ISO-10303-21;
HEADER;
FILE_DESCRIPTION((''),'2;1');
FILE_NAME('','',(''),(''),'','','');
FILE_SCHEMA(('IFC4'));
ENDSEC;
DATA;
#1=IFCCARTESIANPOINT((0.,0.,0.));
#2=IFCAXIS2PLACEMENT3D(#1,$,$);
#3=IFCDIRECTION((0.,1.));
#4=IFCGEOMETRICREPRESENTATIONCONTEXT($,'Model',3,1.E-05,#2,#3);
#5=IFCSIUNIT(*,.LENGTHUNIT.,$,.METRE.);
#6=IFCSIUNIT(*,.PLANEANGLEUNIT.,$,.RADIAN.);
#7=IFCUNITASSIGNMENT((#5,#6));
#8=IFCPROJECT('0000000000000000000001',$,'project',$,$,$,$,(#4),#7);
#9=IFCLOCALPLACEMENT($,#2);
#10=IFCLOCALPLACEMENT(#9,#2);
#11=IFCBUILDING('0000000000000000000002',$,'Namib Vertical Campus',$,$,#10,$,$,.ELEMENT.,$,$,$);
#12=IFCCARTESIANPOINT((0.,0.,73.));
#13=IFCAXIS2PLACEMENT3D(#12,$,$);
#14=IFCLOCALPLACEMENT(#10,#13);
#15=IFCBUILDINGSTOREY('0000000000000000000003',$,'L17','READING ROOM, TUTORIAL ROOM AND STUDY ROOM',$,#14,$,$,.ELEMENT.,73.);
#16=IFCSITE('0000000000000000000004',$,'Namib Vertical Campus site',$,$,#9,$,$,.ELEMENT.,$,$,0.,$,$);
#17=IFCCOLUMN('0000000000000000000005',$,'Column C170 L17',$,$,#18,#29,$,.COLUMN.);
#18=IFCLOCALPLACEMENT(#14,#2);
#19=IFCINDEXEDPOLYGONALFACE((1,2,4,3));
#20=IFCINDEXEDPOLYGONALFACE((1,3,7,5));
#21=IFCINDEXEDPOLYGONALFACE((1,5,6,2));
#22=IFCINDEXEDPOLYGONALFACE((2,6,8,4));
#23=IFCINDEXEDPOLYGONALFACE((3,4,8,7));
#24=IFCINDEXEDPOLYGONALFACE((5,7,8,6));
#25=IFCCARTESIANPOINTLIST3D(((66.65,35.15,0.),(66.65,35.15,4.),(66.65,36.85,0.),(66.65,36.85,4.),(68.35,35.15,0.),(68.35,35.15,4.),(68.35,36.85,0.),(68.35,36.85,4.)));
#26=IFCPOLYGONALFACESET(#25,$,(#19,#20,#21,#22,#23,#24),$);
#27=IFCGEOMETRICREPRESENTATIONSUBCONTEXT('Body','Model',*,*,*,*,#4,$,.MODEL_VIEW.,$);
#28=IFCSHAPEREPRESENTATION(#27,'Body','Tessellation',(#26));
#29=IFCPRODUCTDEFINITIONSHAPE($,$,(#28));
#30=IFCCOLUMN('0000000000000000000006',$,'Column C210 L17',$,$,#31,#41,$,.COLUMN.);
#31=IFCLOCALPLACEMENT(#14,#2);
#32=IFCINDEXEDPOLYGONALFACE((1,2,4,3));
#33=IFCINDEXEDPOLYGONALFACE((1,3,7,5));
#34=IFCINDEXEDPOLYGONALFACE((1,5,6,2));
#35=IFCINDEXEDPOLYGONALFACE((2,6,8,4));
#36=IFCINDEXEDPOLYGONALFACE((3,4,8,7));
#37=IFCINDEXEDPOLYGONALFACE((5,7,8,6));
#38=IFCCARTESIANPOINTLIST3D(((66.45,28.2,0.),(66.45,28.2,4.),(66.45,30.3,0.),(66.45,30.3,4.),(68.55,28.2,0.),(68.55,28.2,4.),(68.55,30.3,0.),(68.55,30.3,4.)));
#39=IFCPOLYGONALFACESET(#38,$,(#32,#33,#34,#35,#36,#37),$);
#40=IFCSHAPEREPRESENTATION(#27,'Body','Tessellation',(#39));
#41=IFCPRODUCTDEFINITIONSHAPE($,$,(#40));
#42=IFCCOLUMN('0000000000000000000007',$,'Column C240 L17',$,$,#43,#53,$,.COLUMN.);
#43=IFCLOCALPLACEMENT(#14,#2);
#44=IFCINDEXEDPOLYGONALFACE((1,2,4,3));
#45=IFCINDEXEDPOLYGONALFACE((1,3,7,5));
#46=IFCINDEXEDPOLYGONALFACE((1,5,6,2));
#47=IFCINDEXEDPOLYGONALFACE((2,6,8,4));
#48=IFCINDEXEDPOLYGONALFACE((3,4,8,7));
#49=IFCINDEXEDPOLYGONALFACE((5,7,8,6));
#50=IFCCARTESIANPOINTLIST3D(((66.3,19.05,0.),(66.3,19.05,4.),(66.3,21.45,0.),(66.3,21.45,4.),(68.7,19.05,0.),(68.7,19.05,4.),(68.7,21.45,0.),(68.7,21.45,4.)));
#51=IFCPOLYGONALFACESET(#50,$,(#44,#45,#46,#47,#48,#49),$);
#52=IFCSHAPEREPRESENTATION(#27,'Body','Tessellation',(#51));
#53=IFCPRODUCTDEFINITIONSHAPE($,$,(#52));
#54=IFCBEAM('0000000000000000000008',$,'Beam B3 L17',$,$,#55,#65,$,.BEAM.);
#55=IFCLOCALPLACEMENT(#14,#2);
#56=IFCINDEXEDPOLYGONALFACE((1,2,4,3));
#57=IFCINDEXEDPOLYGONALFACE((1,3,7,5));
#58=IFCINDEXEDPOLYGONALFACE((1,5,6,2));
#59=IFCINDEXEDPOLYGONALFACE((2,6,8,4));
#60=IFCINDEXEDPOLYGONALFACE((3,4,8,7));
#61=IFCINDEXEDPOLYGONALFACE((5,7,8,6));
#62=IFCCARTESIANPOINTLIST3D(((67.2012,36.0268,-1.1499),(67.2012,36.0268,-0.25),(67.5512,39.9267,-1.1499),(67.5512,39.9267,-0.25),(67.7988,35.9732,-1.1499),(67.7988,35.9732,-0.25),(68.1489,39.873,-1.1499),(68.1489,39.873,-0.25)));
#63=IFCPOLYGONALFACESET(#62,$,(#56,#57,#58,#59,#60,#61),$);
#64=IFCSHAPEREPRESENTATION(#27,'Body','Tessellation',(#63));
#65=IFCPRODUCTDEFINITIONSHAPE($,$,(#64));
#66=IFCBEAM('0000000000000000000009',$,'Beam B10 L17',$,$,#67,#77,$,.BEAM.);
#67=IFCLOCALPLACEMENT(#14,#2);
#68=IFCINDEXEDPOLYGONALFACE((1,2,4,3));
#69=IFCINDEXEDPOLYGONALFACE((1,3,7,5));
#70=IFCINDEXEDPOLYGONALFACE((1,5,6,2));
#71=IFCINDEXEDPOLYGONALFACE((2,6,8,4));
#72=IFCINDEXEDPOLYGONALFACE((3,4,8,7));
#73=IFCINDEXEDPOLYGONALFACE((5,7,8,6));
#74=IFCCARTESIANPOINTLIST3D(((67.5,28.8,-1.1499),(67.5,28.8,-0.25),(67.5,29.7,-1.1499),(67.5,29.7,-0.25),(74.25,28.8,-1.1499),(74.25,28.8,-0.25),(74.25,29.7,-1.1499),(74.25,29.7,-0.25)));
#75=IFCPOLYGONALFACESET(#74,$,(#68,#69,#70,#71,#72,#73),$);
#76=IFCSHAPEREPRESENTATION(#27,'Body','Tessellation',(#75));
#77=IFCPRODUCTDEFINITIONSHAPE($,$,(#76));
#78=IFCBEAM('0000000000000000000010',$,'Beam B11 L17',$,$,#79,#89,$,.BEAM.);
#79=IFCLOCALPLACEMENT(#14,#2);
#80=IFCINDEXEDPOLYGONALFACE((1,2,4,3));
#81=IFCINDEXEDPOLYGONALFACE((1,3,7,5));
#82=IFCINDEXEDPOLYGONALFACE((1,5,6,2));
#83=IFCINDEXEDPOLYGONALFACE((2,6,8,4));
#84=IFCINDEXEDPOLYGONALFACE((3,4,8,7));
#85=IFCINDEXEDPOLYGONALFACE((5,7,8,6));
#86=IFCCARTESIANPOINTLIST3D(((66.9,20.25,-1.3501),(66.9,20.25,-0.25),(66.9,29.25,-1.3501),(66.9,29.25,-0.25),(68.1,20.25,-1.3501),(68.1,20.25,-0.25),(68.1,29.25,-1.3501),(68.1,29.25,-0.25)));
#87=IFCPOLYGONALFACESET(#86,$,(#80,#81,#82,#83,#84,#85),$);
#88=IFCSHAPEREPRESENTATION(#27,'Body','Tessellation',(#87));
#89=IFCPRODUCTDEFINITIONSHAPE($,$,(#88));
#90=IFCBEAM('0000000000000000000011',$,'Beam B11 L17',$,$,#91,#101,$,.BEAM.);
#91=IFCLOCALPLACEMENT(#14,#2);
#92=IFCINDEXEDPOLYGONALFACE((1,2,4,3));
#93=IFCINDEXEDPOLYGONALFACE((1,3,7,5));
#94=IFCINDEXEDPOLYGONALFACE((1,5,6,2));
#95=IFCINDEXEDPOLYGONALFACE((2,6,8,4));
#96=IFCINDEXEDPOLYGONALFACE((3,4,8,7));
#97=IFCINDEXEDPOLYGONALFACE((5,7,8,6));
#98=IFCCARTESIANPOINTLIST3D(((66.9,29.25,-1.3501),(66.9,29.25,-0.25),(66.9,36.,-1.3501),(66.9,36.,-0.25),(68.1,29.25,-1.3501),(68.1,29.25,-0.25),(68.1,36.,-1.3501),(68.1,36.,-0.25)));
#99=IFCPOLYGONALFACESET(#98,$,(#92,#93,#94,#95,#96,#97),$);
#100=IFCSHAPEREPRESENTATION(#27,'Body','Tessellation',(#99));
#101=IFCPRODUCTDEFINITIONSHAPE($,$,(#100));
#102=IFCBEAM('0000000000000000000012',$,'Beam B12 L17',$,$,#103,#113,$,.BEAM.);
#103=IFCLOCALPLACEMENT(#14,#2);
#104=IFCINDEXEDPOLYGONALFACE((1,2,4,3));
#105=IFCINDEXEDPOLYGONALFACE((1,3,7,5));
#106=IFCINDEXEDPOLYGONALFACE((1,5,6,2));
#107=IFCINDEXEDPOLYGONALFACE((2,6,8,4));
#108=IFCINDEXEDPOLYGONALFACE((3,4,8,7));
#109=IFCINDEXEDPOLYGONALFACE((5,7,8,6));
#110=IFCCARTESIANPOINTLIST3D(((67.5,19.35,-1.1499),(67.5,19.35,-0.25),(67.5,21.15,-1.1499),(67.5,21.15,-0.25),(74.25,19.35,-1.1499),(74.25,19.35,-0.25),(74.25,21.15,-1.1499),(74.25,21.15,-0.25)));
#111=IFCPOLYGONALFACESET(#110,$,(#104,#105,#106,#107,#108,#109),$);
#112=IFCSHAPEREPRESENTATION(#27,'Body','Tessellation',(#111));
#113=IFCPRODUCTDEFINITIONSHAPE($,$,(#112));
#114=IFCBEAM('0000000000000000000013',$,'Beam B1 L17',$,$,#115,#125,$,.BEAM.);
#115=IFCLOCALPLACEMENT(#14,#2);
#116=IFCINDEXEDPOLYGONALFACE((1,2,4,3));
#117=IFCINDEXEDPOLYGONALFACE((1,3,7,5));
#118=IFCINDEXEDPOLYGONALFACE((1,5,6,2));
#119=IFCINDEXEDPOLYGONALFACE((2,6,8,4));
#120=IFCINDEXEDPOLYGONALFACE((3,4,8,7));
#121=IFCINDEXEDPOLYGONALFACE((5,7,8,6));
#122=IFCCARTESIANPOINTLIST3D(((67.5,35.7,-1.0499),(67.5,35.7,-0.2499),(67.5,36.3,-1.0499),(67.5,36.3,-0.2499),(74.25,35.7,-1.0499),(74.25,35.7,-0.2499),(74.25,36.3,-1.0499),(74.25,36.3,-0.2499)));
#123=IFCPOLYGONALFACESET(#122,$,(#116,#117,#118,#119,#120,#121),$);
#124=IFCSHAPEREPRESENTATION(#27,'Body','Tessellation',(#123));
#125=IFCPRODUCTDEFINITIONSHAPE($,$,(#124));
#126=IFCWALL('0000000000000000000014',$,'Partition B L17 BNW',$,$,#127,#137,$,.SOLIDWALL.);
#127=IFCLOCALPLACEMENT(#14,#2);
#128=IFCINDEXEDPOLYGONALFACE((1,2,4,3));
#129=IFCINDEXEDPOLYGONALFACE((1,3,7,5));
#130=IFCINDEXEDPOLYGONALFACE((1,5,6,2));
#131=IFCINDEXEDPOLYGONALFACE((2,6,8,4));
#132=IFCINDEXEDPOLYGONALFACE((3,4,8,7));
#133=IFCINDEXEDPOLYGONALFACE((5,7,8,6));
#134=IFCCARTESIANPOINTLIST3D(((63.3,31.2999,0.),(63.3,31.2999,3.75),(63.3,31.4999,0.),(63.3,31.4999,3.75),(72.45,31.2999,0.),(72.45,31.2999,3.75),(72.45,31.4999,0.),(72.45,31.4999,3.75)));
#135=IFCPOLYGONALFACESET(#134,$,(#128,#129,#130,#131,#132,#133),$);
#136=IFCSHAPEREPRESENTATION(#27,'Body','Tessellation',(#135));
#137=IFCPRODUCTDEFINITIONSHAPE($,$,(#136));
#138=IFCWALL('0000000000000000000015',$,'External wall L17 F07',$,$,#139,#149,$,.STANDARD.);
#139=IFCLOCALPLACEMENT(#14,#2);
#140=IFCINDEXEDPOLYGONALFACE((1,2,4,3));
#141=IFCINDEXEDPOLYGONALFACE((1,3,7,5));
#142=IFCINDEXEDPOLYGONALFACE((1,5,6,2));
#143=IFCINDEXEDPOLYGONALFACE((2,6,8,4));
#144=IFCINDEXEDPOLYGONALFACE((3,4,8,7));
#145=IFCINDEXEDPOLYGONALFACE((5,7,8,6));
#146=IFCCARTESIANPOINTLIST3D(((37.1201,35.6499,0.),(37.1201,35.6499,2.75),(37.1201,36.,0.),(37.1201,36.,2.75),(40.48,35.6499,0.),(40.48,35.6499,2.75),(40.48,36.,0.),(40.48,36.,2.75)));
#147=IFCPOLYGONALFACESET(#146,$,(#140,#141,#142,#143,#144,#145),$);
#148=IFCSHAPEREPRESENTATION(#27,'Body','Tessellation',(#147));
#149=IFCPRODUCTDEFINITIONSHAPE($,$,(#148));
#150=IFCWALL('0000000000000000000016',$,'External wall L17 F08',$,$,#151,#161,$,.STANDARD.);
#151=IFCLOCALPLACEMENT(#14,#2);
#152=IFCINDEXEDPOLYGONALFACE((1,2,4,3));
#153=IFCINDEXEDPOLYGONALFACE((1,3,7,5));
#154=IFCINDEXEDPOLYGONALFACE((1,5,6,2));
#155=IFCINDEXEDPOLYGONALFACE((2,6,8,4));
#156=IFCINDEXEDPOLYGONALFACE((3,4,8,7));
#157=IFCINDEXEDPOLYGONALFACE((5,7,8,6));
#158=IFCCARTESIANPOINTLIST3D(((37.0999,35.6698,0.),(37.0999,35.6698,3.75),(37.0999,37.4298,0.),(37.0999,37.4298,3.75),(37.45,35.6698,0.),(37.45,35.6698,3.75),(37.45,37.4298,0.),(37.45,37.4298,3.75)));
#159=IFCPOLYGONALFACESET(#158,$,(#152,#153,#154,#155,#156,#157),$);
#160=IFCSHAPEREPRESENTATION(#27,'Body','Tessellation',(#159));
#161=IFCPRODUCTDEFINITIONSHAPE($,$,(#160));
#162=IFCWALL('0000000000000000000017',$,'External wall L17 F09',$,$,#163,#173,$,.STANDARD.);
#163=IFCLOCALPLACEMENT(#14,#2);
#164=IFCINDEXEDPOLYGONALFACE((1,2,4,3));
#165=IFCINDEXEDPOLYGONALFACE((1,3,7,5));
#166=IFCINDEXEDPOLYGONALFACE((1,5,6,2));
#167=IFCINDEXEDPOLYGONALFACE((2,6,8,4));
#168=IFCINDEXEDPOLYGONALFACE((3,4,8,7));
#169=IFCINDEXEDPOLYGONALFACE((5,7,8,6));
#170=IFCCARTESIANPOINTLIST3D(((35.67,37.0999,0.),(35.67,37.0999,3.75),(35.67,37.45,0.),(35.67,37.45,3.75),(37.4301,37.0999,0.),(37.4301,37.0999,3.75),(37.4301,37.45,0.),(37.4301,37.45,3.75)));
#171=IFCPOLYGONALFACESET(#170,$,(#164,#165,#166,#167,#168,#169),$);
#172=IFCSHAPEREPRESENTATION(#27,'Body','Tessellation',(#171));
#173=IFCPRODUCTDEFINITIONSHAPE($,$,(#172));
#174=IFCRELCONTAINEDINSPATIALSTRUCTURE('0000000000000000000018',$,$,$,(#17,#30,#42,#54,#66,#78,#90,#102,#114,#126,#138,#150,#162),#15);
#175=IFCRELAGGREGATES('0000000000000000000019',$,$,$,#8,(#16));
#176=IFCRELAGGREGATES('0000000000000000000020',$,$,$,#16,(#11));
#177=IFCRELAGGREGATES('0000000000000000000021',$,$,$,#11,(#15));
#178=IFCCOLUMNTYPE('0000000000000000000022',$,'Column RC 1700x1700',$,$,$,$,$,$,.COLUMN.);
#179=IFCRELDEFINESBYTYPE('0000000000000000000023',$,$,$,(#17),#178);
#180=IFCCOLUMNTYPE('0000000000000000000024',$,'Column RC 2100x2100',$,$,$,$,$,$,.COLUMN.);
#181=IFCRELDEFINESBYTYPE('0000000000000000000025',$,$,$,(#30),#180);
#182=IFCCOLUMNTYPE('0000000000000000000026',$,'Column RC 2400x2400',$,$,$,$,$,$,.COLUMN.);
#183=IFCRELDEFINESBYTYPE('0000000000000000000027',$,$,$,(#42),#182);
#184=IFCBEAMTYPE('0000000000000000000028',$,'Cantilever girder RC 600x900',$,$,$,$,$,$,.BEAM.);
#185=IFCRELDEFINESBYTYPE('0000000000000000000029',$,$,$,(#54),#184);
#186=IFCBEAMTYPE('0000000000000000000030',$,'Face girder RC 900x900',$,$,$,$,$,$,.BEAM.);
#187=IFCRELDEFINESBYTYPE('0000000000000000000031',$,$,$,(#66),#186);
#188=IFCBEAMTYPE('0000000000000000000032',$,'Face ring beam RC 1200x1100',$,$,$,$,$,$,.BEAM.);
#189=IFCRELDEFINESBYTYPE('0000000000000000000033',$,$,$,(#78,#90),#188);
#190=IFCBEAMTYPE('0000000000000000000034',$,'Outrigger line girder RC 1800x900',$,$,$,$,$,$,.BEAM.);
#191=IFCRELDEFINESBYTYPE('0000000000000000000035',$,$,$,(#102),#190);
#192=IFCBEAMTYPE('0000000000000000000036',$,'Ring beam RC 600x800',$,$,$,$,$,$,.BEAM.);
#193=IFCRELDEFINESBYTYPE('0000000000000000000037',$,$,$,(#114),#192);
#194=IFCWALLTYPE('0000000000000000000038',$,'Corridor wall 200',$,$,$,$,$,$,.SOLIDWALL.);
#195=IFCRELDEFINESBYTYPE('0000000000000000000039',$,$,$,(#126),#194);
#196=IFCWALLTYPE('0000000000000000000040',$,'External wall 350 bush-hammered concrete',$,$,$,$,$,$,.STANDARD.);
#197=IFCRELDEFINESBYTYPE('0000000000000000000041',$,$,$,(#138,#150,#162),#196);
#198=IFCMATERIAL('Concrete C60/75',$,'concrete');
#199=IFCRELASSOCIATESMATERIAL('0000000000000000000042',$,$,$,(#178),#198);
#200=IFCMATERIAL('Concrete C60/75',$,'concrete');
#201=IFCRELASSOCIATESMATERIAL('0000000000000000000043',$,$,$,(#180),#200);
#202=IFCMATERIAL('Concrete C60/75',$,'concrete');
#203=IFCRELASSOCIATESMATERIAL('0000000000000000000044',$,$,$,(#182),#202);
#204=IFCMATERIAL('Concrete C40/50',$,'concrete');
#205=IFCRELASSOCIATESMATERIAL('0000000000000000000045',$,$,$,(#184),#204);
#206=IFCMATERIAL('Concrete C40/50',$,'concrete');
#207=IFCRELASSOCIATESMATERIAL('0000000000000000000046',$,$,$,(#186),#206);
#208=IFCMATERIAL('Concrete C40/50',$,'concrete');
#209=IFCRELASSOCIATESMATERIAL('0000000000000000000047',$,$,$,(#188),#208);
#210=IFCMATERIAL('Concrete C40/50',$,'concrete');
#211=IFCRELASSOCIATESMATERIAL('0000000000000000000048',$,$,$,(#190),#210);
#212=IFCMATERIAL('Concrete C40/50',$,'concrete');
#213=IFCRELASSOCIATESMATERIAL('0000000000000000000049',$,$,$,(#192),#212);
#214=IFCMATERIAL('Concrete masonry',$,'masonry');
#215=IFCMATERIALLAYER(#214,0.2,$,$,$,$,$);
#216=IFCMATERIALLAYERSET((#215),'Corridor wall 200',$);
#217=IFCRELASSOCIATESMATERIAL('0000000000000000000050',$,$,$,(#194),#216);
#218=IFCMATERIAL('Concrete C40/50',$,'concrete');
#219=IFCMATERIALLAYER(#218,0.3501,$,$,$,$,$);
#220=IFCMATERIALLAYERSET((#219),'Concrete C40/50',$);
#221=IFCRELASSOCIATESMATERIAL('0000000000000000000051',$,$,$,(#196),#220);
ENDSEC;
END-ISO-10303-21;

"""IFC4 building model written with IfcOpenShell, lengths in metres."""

from ifc_helpers import new_model, si_unit, direction, frame, frame_2d, origin, origin_2d, place, context, subcontext, project, spatial, rectangle, extrude, material, layer, layer_set, material_profile, profile_set, type_object, element, save


model = new_model("IFC4")

# Units and contexts
model_context = context("Model", 3, precision=1e-05, world=origin(), true_north=direction((0.0, 1.0)))
body_context = subcontext(model_context, "Body", "Model", "MODEL_VIEW")
ifc_project = project(units=[si_unit("LENGTHUNIT", "METRE"), si_unit("PLANEANGLEUNIT", "RADIAN")], contexts=[model_context])

# Site, building, storey
site_placement = place(None, origin())
site = spatial("IfcSite", under=ifc_project, at=site_placement, Name="Namib Vertical Campus site", CompositionType="ELEMENT", RefElevation=0.0)
building_placement = place(site_placement, origin())
building = spatial("IfcBuilding", under=site, at=building_placement, Name="Namib Vertical Campus", CompositionType="ELEMENT")
storey_placement = place(building_placement, frame((0.0, 0.0, 73.0)))
storey = spatial("IfcBuildingStorey", under=building, at=storey_placement, Name="L17", Description="READING ROOM, TUTORIAL ROOM AND STUDY ROOM", CompositionType="ELEMENT", Elevation=73.0)

# Columns
ifc_material_1 = material(Name="Concrete C60/75", Category="concrete")
ifc_material_profile_1 = material_profile(ifc_material_1, rectangle(XDim=1.7, YDim=1.7, at=origin_2d()))
ifc_profile_set_1 = profile_set([ifc_material_profile_1], Name="Concrete C60/75")
column_type_1 = type_object("IfcColumnType", Name="Column RC 1700x1700", PredefinedType="COLUMN", material=ifc_profile_set_1)
column_1_placement = place(storey_placement, frame((67.5, 36.0, 0.0), z_axis=(0.0, 0.0, 1.0), x_axis=(1.0, 0.0, 0.0)))
element("IfcColumn", 1, at=column_1_placement, inside=storey, type_object=column_type_1, Name="Column C170 L17", PredefinedType="COLUMN", context=body_context, shape_type="SweptSolid", body=[
    extrude(rectangle(XDim=1.7, YDim=1.7, at=origin_2d()), origin(), (0.0, 0.0, 1.0), 4.0),
])
ifc_material_2 = material(Name="Concrete C60/75", Category="concrete")
ifc_material_profile_2 = material_profile(ifc_material_2, rectangle(XDim=2.1001, YDim=2.1001, at=origin_2d()))
ifc_profile_set_2 = profile_set([ifc_material_profile_2], Name="Concrete C60/75")
column_type_2 = type_object("IfcColumnType", Name="Column RC 2100x2100", PredefinedType="COLUMN", material=ifc_profile_set_2)
column_2_placement = place(storey_placement, frame((67.5, 29.25, 0.0), z_axis=(0.0, 0.0, 1.0), x_axis=(1.0, 0.0, 0.0)))
element("IfcColumn", 2, at=column_2_placement, inside=storey, type_object=column_type_2, Name="Column C210 L17", PredefinedType="COLUMN", context=body_context, shape_type="SweptSolid", body=[
    extrude(rectangle(XDim=2.1001, YDim=2.1001, at=origin_2d()), origin(), (0.0, 0.0, 1.0), 4.0),
])
ifc_material_3 = material(Name="Concrete C60/75", Category="concrete")
ifc_material_profile_3 = material_profile(ifc_material_3, rectangle(XDim=2.3999, YDim=2.3999, at=origin_2d()))
ifc_profile_set_3 = profile_set([ifc_material_profile_3], Name="Concrete C60/75")
column_type_3 = type_object("IfcColumnType", Name="Column RC 2400x2400", PredefinedType="COLUMN", material=ifc_profile_set_3)
column_3_placement = place(storey_placement, frame((67.5, 20.25, 0.0), z_axis=(0.0, 0.0, 1.0), x_axis=(1.0, 0.0, 0.0)))
element("IfcColumn", 3, at=column_3_placement, inside=storey, type_object=column_type_3, Name="Column C240 L17", PredefinedType="COLUMN", context=body_context, shape_type="SweptSolid", body=[
    extrude(rectangle(XDim=2.3999, YDim=2.3999, at=origin_2d()), origin(), (0.0, 0.0, 1.0), 4.0),
])

# Beams
ifc_material_4 = material(Name="Concrete C40/50", Category="concrete")
ifc_material_profile_4 = material_profile(ifc_material_4, rectangle(XDim=0.6001, YDim=0.8999, at=origin_2d()))
ifc_profile_set_4 = profile_set([ifc_material_profile_4], Name="Concrete C40/50")
beam_type_1 = type_object("IfcBeamType", Name="Cantilever girder RC 600x900", PredefinedType="BEAM", material=ifc_profile_set_4)
beam_1_placement = place(storey_placement, frame((67.5, 36.0, -0.7), z_axis=(0.089411, 0.995995, 0.0), x_axis=(-0.995995, 0.089411, 0.0)))
element("IfcBeam", 4, at=beam_1_placement, inside=storey, type_object=beam_type_1, Name="Beam B3 L17", PredefinedType="BEAM", context=body_context, shape_type="SweptSolid", body=[
    extrude(rectangle(XDim=0.6001, YDim=0.8999, at=origin_2d()), origin(), (0.0, 0.0, 1.0), 3.9155),
])
ifc_material_5 = material(Name="Concrete C40/50", Category="concrete")
ifc_material_profile_5 = material_profile(ifc_material_5, rectangle(XDim=0.8999, YDim=0.8999, at=origin_2d()))
ifc_profile_set_5 = profile_set([ifc_material_profile_5], Name="Concrete C40/50")
beam_type_2 = type_object("IfcBeamType", Name="Face girder RC 900x900", PredefinedType="BEAM", material=ifc_profile_set_5)
beam_2_placement = place(storey_placement, frame((67.5, 29.25, -0.7), z_axis=(1.0, 0.0, 0.0), x_axis=(0.0, 1.0, 0.0)))
element("IfcBeam", 5, at=beam_2_placement, inside=storey, type_object=beam_type_2, Name="Beam B10 L17", PredefinedType="BEAM", context=body_context, shape_type="SweptSolid", body=[
    extrude(rectangle(XDim=0.8999, YDim=0.8999, at=origin_2d()), origin(), (0.0, 0.0, 1.0), 6.75),
])
ifc_material_6 = material(Name="Concrete C40/50", Category="concrete")
ifc_material_profile_6 = material_profile(ifc_material_6, rectangle(XDim=1.2, YDim=1.1001, at=origin_2d()))
ifc_profile_set_6 = profile_set([ifc_material_profile_6], Name="Concrete C40/50")
beam_type_3 = type_object("IfcBeamType", Name="Face ring beam RC 1200x1100", PredefinedType="BEAM", material=ifc_profile_set_6)
beam_3_placement = place(storey_placement, frame((67.5, 20.25, -0.8), z_axis=(0.0, 1.0, 0.0), x_axis=(-1.0, 0.0, 0.0)))
element("IfcBeam", 6, at=beam_3_placement, inside=storey, type_object=beam_type_3, Name="Beam B11 L17", PredefinedType="BEAM", context=body_context, shape_type="SweptSolid", body=[
    extrude(rectangle(XDim=1.2, YDim=1.1001, at=origin_2d()), origin(), (0.0, 0.0, 1.0), 9.0),
])
beam_4_placement = place(storey_placement, frame((67.5, 29.25, -0.8), z_axis=(0.0, 1.0, 0.0), x_axis=(-1.0, 0.0, 0.0)))
element("IfcBeam", 7, at=beam_4_placement, inside=storey, type_object=beam_type_3, Name="Beam B11 L17", PredefinedType="BEAM", context=body_context, shape_type="SweptSolid", body=[
    extrude(rectangle(XDim=1.2, YDim=1.1001, at=origin_2d()), origin(), (0.0, 0.0, 1.0), 6.75),
])
ifc_material_7 = material(Name="Concrete C40/50", Category="concrete")
ifc_material_profile_7 = material_profile(ifc_material_7, rectangle(XDim=1.8, YDim=0.8999, at=origin_2d()))
ifc_profile_set_7 = profile_set([ifc_material_profile_7], Name="Concrete C40/50")
beam_type_4 = type_object("IfcBeamType", Name="Outrigger line girder RC 1800x900", PredefinedType="BEAM", material=ifc_profile_set_7)
beam_5_placement = place(storey_placement, frame((67.5, 20.25, -0.7), z_axis=(1.0, 0.0, 0.0), x_axis=(0.0, 1.0, 0.0)))
element("IfcBeam", 8, at=beam_5_placement, inside=storey, type_object=beam_type_4, Name="Beam B12 L17", PredefinedType="BEAM", context=body_context, shape_type="SweptSolid", body=[
    extrude(rectangle(XDim=1.8, YDim=0.8999, at=origin_2d()), origin(), (0.0, 0.0, 1.0), 6.75),
])
ifc_material_8 = material(Name="Concrete C40/50", Category="concrete")
ifc_material_profile_8 = material_profile(ifc_material_8, rectangle(XDim=0.6001, YDim=0.8, at=origin_2d()))
ifc_profile_set_8 = profile_set([ifc_material_profile_8], Name="Concrete C40/50")
beam_type_5 = type_object("IfcBeamType", Name="Ring beam RC 600x800", PredefinedType="BEAM", material=ifc_profile_set_8)
beam_6_placement = place(storey_placement, frame((67.5, 36.0, -0.6499), z_axis=(1.0, 0.0, 0.0), x_axis=(0.0, 1.0, 0.0)))
element("IfcBeam", 9, at=beam_6_placement, inside=storey, type_object=beam_type_5, Name="Beam B1 L17", PredefinedType="BEAM", context=body_context, shape_type="SweptSolid", body=[
    extrude(rectangle(XDim=0.6001, YDim=0.8, at=origin_2d()), origin(), (0.0, 0.0, 1.0), 6.75),
])

# Walls
ifc_material_9 = material(Name="Concrete masonry", Category="masonry")
ifc_layer_1 = layer(ifc_material_9, 0.2)
ifc_layer_set_1 = layer_set([ifc_layer_1], Name="Corridor wall 200")
wall_type_1 = type_object("IfcWallType", Name="Corridor wall 200", PredefinedType="SOLIDWALL", material=ifc_layer_set_1)
wall_1_placement = place(storey_placement, frame((63.3, 31.3999, 0.0), z_axis=(0.0, 0.0, 1.0), x_axis=(1.0, 0.0, 0.0)))
element("IfcWall", 10, at=wall_1_placement, inside=storey, type_object=wall_type_1, Name="Partition B L17 BNW", PredefinedType="SOLIDWALL", context=body_context, shape_type="SweptSolid", body=[
    extrude(rectangle(XDim=9.1499, YDim=0.2, at=frame_2d((4.575, 0.0))), origin(), (0.0, 0.0, 1.0), 3.75),
])
ifc_material_10 = material(Name="Concrete C40/50", Category="concrete")
ifc_layer_2 = layer(ifc_material_10, 0.3501)
ifc_layer_set_2 = layer_set([ifc_layer_2], Name="Concrete C40/50")
wall_type_2 = type_object("IfcWallType", Name="External wall 350 bush-hammered concrete", PredefinedType="STANDARD", material=ifc_layer_set_2)
wall_2_placement = place(storey_placement, frame((40.48, 35.825, 0.0), z_axis=(0.0, 0.0, 1.0), x_axis=(-1.0, 0.0, 0.0)))
element("IfcWall", 11, at=wall_2_placement, inside=storey, type_object=wall_type_2, Name="External wall L17 F07", PredefinedType="STANDARD", context=body_context, shape_type="SweptSolid", body=[
    extrude(rectangle(XDim=3.3599, YDim=0.3501, at=frame_2d((1.6799, 0.0))), origin(), (0.0, 0.0, 1.0), 2.75),
])
for number, where, z_axis, x_axis, name in (
    (12, (37.2749, 35.6699, 0.0), (0.0, 0.0, 1.0), (0.0, 1.0, 0.0), "External wall L17 F08"),
    (13, (37.4299, 37.2749, 0.0), (0.0, 0.0, 1.0), (-1.0, 0.0, 0.0), "External wall L17 F09"),
):
    element("IfcWall", number, at=place(storey_placement, frame(where, z_axis=z_axis, x_axis=x_axis)), inside=storey, type_object=wall_type_2, Name=name, PredefinedType="STANDARD", context=body_context, shape_type="SweptSolid", body=[
        extrude(rectangle(XDim=1.76, YDim=0.3501, at=frame_2d((0.8799, 0.0))), origin(), (0.0, 0.0, 1.0), 3.75),
    ])

save(model, "model.ifc")
